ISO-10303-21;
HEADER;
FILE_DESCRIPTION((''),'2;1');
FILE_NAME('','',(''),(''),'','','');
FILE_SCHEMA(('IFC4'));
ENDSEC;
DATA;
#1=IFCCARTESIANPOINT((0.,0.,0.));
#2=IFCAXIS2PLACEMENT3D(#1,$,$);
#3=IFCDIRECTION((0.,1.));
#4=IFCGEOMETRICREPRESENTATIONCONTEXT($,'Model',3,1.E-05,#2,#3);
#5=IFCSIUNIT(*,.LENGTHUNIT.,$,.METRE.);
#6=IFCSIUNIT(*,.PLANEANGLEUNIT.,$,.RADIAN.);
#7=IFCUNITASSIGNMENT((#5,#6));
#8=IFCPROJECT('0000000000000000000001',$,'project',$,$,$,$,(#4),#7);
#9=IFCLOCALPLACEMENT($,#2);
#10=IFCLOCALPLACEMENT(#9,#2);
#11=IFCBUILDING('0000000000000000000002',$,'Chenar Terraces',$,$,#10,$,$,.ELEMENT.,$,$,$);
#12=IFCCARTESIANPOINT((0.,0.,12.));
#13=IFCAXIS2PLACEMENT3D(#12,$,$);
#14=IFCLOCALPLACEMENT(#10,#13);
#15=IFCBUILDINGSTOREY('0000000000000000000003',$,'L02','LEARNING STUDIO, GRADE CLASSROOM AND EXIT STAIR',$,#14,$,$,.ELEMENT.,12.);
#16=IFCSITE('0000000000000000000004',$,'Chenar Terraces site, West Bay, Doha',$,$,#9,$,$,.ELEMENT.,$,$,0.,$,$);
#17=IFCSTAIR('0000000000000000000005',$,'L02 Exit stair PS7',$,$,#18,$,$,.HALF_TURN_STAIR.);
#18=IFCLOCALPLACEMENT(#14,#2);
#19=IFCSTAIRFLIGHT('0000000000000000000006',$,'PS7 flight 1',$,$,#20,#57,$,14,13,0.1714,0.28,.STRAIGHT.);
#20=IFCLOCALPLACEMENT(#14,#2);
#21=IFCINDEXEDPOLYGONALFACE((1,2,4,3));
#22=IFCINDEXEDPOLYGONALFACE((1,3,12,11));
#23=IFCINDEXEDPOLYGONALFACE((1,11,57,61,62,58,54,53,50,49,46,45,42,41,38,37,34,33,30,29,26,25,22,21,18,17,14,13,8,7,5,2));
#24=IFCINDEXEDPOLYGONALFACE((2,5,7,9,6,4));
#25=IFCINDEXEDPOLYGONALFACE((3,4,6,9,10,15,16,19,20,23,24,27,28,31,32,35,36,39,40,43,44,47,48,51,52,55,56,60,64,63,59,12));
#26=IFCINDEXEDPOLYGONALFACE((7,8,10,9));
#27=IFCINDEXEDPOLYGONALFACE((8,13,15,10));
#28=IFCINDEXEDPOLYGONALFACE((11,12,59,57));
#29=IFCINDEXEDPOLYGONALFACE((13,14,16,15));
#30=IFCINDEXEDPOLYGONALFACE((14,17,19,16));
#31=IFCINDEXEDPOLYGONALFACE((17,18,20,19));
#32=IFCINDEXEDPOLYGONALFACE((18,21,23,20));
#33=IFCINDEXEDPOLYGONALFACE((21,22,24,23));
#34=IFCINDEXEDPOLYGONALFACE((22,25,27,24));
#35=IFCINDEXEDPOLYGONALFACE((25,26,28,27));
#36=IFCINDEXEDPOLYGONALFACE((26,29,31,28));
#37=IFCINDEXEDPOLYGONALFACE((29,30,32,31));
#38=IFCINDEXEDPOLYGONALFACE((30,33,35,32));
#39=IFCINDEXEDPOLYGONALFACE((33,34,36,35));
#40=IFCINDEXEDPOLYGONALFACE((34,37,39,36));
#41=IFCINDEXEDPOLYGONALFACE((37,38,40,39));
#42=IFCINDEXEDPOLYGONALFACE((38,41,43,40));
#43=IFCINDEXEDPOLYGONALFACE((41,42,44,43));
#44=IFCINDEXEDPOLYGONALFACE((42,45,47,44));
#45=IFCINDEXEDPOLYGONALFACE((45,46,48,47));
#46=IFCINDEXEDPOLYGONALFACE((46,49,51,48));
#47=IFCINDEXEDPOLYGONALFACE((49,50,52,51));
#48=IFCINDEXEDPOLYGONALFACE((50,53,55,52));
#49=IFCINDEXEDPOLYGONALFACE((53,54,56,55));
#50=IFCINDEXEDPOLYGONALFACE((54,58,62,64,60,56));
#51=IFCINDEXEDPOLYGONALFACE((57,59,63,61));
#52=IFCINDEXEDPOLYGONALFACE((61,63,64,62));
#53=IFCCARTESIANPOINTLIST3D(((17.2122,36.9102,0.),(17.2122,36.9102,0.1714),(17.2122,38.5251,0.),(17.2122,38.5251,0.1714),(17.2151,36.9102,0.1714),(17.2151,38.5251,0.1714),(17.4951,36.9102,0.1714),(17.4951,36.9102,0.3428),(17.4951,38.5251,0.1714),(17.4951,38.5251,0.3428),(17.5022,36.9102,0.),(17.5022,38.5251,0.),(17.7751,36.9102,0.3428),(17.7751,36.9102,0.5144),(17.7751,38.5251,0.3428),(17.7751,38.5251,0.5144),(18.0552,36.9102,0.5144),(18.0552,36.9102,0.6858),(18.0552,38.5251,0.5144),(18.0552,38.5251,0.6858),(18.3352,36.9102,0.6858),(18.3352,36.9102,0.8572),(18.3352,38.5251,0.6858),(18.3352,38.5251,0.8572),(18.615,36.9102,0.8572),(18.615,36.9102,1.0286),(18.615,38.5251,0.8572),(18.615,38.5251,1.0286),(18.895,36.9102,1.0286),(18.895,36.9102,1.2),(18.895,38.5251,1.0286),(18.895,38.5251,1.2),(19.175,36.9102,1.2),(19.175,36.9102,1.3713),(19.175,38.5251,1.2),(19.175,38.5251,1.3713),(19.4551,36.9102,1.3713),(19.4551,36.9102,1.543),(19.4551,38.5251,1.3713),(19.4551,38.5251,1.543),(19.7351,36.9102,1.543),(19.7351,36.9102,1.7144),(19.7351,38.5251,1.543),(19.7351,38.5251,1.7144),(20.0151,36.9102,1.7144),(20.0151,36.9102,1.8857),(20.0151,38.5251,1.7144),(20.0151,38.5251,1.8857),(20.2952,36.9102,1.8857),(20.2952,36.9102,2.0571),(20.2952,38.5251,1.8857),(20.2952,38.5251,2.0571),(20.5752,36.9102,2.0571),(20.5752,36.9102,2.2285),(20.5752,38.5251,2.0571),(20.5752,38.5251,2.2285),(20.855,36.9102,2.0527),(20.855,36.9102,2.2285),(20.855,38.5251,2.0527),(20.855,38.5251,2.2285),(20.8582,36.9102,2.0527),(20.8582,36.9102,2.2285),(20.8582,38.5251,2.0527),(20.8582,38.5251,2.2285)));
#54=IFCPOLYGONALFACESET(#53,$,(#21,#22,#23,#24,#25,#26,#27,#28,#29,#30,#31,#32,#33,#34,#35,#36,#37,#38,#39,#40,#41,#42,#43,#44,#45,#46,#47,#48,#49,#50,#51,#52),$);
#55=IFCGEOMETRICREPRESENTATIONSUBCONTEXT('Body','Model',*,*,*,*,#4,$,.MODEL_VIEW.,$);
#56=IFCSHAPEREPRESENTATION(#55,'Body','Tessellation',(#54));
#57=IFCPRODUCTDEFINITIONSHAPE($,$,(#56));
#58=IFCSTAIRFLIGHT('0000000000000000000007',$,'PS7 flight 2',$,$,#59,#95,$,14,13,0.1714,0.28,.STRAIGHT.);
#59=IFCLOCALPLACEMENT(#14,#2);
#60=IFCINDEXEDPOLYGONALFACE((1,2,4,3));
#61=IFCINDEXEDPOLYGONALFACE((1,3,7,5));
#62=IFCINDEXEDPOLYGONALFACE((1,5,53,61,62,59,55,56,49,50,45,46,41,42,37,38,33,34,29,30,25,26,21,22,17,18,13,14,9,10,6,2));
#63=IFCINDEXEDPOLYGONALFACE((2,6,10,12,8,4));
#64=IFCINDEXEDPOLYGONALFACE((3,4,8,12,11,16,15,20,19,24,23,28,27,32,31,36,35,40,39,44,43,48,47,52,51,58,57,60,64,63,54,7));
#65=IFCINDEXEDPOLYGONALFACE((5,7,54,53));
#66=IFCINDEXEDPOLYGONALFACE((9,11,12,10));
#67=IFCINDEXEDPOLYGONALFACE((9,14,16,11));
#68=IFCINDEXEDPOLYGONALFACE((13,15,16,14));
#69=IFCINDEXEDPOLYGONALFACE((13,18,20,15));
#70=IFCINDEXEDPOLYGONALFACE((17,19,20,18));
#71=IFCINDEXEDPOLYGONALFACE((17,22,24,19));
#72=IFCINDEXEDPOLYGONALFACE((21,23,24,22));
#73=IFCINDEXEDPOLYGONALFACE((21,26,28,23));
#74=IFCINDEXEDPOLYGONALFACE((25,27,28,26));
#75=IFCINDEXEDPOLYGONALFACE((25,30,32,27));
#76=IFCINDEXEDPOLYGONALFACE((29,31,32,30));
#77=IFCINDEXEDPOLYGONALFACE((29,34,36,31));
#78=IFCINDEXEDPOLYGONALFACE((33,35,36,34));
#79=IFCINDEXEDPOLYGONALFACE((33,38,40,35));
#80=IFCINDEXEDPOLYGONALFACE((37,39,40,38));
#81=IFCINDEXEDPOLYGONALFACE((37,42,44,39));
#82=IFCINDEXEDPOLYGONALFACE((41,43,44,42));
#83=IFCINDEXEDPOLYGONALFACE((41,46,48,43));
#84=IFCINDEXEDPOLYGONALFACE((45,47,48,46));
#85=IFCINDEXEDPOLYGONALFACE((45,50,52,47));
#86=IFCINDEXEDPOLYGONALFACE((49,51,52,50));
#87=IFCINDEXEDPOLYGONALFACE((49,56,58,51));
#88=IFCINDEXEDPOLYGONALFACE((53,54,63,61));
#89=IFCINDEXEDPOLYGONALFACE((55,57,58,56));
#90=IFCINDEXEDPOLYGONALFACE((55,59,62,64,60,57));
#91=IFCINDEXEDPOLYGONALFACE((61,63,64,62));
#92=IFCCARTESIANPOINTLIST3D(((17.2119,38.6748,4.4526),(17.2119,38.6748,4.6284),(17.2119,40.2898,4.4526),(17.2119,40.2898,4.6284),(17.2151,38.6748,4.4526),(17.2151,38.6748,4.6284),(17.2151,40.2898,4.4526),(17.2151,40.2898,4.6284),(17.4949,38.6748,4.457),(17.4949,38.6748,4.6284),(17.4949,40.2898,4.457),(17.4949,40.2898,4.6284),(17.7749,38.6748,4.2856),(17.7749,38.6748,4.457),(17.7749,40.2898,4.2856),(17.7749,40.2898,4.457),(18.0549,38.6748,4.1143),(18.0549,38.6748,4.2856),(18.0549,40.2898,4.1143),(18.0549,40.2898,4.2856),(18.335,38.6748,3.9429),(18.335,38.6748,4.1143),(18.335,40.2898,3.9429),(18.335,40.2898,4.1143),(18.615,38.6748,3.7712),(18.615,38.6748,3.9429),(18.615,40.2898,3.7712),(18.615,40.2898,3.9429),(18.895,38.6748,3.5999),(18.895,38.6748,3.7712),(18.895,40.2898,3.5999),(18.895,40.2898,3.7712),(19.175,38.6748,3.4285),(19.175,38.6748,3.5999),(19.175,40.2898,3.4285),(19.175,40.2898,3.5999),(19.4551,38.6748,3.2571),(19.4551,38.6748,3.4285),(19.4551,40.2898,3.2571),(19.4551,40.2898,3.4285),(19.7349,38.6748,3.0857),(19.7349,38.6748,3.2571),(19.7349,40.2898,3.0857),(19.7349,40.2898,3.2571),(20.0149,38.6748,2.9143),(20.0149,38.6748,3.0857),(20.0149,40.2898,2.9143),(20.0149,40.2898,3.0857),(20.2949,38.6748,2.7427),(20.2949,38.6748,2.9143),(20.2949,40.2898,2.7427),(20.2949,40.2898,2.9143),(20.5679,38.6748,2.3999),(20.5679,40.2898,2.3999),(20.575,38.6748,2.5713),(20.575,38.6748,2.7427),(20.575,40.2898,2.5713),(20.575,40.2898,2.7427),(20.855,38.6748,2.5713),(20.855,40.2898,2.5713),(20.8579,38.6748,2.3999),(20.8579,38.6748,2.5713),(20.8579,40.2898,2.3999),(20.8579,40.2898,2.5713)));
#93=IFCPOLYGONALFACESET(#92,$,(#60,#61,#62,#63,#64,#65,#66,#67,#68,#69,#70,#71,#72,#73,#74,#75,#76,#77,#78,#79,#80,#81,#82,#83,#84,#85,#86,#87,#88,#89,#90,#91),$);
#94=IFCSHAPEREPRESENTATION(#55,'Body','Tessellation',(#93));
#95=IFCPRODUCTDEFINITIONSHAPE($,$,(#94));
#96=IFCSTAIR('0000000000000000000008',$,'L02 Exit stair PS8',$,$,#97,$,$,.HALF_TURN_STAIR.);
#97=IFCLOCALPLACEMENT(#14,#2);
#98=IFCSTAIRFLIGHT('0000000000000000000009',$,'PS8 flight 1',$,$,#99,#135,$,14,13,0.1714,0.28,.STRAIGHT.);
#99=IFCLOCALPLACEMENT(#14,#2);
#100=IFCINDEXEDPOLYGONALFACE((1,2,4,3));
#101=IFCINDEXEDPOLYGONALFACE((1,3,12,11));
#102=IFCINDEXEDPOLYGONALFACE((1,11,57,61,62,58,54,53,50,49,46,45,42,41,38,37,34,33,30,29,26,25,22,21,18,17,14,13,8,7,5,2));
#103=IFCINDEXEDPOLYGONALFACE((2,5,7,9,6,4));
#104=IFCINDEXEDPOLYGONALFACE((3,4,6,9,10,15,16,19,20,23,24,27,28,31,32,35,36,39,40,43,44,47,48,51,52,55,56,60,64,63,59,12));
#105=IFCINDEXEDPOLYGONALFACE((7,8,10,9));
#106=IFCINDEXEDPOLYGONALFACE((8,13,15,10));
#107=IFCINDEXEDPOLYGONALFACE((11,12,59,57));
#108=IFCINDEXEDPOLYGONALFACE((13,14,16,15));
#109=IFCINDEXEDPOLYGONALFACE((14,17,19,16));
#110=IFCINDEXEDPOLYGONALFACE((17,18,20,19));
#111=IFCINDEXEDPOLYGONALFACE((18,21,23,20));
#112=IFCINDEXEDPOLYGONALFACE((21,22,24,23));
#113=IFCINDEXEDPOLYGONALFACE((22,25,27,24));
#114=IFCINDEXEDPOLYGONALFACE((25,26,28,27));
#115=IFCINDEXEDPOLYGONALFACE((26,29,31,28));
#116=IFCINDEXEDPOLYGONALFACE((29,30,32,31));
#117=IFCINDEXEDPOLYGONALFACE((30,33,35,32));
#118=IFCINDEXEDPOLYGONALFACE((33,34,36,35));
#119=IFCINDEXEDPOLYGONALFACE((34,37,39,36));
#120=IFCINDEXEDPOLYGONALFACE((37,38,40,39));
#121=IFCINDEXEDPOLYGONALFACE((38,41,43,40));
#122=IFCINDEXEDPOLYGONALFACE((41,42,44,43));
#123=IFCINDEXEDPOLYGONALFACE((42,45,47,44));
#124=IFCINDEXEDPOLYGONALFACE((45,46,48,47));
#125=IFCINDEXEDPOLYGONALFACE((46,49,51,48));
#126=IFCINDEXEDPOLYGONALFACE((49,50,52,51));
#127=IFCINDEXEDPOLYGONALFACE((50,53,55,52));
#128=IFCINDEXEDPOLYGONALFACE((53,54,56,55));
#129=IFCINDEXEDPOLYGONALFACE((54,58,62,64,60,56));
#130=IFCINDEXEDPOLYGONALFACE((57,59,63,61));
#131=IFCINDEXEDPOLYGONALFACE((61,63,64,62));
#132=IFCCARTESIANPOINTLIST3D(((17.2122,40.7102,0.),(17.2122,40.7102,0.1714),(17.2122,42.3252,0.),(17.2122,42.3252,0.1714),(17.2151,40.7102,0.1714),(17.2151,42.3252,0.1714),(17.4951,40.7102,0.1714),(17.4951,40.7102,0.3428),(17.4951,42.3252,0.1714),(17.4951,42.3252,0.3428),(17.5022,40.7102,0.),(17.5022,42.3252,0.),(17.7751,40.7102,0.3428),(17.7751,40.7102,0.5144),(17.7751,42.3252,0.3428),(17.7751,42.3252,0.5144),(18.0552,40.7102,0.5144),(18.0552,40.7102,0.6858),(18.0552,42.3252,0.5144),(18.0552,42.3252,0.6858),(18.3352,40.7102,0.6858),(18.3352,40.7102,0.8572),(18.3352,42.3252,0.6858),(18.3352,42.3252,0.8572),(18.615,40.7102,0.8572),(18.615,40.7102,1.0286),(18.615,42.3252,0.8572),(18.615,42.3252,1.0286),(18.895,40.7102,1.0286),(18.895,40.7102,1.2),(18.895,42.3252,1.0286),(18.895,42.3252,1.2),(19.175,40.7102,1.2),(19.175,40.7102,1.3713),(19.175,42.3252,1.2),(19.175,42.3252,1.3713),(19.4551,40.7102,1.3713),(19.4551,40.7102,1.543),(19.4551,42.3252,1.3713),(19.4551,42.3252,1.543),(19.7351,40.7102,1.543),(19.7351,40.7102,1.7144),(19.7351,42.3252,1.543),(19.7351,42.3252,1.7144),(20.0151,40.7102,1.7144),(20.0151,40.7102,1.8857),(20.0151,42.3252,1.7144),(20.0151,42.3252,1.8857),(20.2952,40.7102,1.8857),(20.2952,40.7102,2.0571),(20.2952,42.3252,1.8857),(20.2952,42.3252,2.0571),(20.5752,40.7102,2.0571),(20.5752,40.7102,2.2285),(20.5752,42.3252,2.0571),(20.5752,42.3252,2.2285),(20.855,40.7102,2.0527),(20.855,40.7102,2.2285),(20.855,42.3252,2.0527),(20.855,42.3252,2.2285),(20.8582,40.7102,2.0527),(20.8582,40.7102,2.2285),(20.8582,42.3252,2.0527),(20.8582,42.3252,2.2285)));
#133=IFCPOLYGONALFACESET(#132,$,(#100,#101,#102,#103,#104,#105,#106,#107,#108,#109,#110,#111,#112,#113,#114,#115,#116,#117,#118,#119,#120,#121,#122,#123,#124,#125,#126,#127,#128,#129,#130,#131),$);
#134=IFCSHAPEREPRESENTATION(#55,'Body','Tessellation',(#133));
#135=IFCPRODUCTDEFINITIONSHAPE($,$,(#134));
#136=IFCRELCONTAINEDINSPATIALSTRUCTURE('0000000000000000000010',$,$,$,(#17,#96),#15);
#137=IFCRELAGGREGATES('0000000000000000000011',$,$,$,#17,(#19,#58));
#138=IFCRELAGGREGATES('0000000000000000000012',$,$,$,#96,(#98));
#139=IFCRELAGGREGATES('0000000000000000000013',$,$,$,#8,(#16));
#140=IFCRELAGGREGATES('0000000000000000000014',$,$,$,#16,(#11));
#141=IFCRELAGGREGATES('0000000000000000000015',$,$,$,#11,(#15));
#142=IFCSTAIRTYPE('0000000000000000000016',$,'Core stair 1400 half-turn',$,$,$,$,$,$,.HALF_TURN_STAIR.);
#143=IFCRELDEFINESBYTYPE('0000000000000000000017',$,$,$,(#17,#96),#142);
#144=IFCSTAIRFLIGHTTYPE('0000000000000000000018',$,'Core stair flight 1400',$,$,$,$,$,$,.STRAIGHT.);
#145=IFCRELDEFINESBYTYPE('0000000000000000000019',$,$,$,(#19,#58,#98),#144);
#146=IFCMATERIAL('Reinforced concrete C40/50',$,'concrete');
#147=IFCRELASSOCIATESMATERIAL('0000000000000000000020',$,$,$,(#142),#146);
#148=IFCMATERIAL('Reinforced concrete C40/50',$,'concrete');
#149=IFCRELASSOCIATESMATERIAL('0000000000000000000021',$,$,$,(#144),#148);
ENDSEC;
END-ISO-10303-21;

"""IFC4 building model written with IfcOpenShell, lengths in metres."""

from ifc_helpers import new_model, si_unit, direction, frame, origin, place, context, subcontext, project, spatial, polyline, outline, extrude, material, type_object, element, aggregate, save


model = new_model("IFC4")

# Units and contexts
model_context = context("Model", 3, precision=1e-05, world=origin(), true_north=direction((0.0, 1.0)))
body_context = subcontext(model_context, "Body", "Model", "MODEL_VIEW")
ifc_project = project(units=[si_unit("LENGTHUNIT", "METRE"), si_unit("PLANEANGLEUNIT", "RADIAN")], contexts=[model_context])

# Site, building, storey
site_placement = place(None, origin())
site = spatial("IfcSite", under=ifc_project, at=site_placement, Name="Chenar Terraces site, West Bay, Doha", CompositionType="ELEMENT", RefElevation=0.0)
building_placement = place(site_placement, origin())
building = spatial("IfcBuilding", under=site, at=building_placement, Name="Chenar Terraces", CompositionType="ELEMENT")
storey_placement = place(building_placement, frame((0.0, 0.0, 12.0)))
storey = spatial("IfcBuildingStorey", under=building, at=storey_placement, Name="L02", Description="LEARNING STUDIO, GRADE CLASSROOM AND EXIT STAIR", CompositionType="ELEMENT", Elevation=12.0)

# Stair, stair flights
ifc_material_1 = material(Name="Reinforced concrete C40/50", Category="concrete")
stair_type = type_object("IfcStairType", Name="Core stair 1400 half-turn", PredefinedType="HALF_TURN_STAIR", material=ifc_material_1)
placement = place(storey_placement, origin())
stair_1 = element("IfcStair", 1, at=placement, inside=storey, type_object=stair_type, Name="L02 Exit stair PS7", PredefinedType="HALF_TURN_STAIR")
ifc_material_2 = material(Name="Reinforced concrete C40/50", Category="concrete")
stair_flight_type = type_object("IfcStairFlightType", Name="Core stair flight 1400", PredefinedType="STRAIGHT", material=ifc_material_2)
stair_flight_1_placement = place(storey_placement, frame((17.2151, 37.7175, 0.0), z_axis=(0.0, 0.0, 1.0), x_axis=(1.0, 0.0, 0.0)))
stair_flight_1 = element("IfcStairFlight", 2, at=stair_flight_1_placement, type_object=stair_flight_type, Name="PS7 flight 1", NumberOfRisers=14, NumberOfTreads=13, PredefinedType="STRAIGHT", RiserHeight=0.1714, TreadLength=0.28, context=body_context, shape_type="SweptSolid", body=[
    extrude(outline(polyline([(-0.0029, 0.0), (-0.0029, 0.1714), (0.0, 0.1714), (0.28, 0.1714), (0.28, 0.3428), (0.5601, 0.3428), (0.5601, 0.5144), (0.8401, 0.5144), (0.8401, 0.6858), (1.1201, 0.6858), (1.1201, 0.8572), (1.3999, 0.8572), (1.3999, 1.0286), (1.6799, 1.0286), (1.6799, 1.2), (1.96, 1.2), (1.96, 1.3713), (2.24, 1.3713), (2.24, 1.543), (2.52, 1.543), (2.52, 1.7144), (2.8, 1.7144), (2.8, 1.8857), (3.0801, 1.8857), (3.0801, 2.0571), (3.3601, 2.0571), (3.3601, 2.2285), (3.6399, 2.2285), (3.6431, 2.2285), (3.6431, 2.0527), (3.6399, 2.0527), (0.2871, 0.0), (-0.0029, 0.0)])), frame((0.0, 0.8076, 0.0), z_axis=(0.0, -1.0, 0.0), x_axis=(1.0, 0.0, 0.0)), (0.0, 0.0, 1.0), 1.615),
])
stair_flight_2_placement = place(storey_placement, frame((20.855, 39.4824, 2.3999), z_axis=(0.0, 0.0, 1.0), x_axis=(-1.0, 0.0, 0.0)))
stair_flight_2 = element("IfcStairFlight", 3, at=stair_flight_2_placement, type_object=stair_flight_type, Name="PS7 flight 2", NumberOfRisers=14, NumberOfTreads=13, PredefinedType="STRAIGHT", RiserHeight=0.1714, TreadLength=0.28, context=body_context, shape_type="SweptSolid", body=[
    extrude(outline(polyline([(-0.0029, 0.0), (-0.0029, 0.1714), (0.0, 0.1714), (0.28, 0.1714), (0.28, 0.3428), (0.5601, 0.3428), (0.5601, 0.5144), (0.8401, 0.5144), (0.8401, 0.6858), (1.1201, 0.6858), (1.1201, 0.8572), (1.3999, 0.8572), (1.3999, 1.0286), (1.6799, 1.0286), (1.6799, 1.2), (1.96, 1.2), (1.96, 1.3713), (2.24, 1.3713), (2.24, 1.543), (2.52, 1.543), (2.52, 1.7144), (2.8, 1.7144), (2.8, 1.8857), (3.0801, 1.8857), (3.0801, 2.0571), (3.3601, 2.0571), (3.3601, 2.2285), (3.6399, 2.2285), (3.6431, 2.2285), (3.6431, 2.0527), (3.6399, 2.0527), (0.2871, 0.0), (-0.0029, 0.0)])), frame((0.0, 0.8076, 0.0), z_axis=(0.0, -1.0, 0.0), x_axis=(1.0, 0.0, 0.0)), (0.0, 0.0, 1.0), 1.615),
])
aggregate(stair_1, [stair_flight_1, stair_flight_2])

# Stair, stair flight
stair_2 = element("IfcStair", 4, at=placement, inside=storey, type_object=stair_type, Name="L02 Exit stair PS8", PredefinedType="HALF_TURN_STAIR")
stair_flight_3_placement = place(storey_placement, frame((17.2151, 41.5176, 0.0), z_axis=(0.0, 0.0, 1.0), x_axis=(1.0, 0.0, 0.0)))
stair_flight_3 = element("IfcStairFlight", 5, at=stair_flight_3_placement, type_object=stair_flight_type, Name="PS8 flight 1", NumberOfRisers=14, NumberOfTreads=13, PredefinedType="STRAIGHT", RiserHeight=0.1714, TreadLength=0.28, context=body_context, shape_type="SweptSolid", body=[
    extrude(outline(polyline([(-0.0029, 0.0), (-0.0029, 0.1714), (0.0, 0.1714), (0.28, 0.1714), (0.28, 0.3428), (0.5601, 0.3428), (0.5601, 0.5144), (0.8401, 0.5144), (0.8401, 0.6858), (1.1201, 0.6858), (1.1201, 0.8572), (1.3999, 0.8572), (1.3999, 1.0286), (1.6799, 1.0286), (1.6799, 1.2), (1.96, 1.2), (1.96, 1.3713), (2.24, 1.3713), (2.24, 1.543), (2.52, 1.543), (2.52, 1.7144), (2.8, 1.7144), (2.8, 1.8857), (3.0801, 1.8857), (3.0801, 2.0571), (3.3601, 2.0571), (3.3601, 2.2285), (3.6399, 2.2285), (3.6431, 2.2285), (3.6431, 2.0527), (3.6399, 2.0527), (0.2871, 0.0), (-0.0029, 0.0)])), frame((0.0, 0.8076, 0.0), z_axis=(0.0, -1.0, 0.0), x_axis=(1.0, 0.0, 0.0)), (0.0, 0.0, 1.0), 1.615),
])
aggregate(stair_2, [stair_flight_3])

save(model, "model.ifc")
